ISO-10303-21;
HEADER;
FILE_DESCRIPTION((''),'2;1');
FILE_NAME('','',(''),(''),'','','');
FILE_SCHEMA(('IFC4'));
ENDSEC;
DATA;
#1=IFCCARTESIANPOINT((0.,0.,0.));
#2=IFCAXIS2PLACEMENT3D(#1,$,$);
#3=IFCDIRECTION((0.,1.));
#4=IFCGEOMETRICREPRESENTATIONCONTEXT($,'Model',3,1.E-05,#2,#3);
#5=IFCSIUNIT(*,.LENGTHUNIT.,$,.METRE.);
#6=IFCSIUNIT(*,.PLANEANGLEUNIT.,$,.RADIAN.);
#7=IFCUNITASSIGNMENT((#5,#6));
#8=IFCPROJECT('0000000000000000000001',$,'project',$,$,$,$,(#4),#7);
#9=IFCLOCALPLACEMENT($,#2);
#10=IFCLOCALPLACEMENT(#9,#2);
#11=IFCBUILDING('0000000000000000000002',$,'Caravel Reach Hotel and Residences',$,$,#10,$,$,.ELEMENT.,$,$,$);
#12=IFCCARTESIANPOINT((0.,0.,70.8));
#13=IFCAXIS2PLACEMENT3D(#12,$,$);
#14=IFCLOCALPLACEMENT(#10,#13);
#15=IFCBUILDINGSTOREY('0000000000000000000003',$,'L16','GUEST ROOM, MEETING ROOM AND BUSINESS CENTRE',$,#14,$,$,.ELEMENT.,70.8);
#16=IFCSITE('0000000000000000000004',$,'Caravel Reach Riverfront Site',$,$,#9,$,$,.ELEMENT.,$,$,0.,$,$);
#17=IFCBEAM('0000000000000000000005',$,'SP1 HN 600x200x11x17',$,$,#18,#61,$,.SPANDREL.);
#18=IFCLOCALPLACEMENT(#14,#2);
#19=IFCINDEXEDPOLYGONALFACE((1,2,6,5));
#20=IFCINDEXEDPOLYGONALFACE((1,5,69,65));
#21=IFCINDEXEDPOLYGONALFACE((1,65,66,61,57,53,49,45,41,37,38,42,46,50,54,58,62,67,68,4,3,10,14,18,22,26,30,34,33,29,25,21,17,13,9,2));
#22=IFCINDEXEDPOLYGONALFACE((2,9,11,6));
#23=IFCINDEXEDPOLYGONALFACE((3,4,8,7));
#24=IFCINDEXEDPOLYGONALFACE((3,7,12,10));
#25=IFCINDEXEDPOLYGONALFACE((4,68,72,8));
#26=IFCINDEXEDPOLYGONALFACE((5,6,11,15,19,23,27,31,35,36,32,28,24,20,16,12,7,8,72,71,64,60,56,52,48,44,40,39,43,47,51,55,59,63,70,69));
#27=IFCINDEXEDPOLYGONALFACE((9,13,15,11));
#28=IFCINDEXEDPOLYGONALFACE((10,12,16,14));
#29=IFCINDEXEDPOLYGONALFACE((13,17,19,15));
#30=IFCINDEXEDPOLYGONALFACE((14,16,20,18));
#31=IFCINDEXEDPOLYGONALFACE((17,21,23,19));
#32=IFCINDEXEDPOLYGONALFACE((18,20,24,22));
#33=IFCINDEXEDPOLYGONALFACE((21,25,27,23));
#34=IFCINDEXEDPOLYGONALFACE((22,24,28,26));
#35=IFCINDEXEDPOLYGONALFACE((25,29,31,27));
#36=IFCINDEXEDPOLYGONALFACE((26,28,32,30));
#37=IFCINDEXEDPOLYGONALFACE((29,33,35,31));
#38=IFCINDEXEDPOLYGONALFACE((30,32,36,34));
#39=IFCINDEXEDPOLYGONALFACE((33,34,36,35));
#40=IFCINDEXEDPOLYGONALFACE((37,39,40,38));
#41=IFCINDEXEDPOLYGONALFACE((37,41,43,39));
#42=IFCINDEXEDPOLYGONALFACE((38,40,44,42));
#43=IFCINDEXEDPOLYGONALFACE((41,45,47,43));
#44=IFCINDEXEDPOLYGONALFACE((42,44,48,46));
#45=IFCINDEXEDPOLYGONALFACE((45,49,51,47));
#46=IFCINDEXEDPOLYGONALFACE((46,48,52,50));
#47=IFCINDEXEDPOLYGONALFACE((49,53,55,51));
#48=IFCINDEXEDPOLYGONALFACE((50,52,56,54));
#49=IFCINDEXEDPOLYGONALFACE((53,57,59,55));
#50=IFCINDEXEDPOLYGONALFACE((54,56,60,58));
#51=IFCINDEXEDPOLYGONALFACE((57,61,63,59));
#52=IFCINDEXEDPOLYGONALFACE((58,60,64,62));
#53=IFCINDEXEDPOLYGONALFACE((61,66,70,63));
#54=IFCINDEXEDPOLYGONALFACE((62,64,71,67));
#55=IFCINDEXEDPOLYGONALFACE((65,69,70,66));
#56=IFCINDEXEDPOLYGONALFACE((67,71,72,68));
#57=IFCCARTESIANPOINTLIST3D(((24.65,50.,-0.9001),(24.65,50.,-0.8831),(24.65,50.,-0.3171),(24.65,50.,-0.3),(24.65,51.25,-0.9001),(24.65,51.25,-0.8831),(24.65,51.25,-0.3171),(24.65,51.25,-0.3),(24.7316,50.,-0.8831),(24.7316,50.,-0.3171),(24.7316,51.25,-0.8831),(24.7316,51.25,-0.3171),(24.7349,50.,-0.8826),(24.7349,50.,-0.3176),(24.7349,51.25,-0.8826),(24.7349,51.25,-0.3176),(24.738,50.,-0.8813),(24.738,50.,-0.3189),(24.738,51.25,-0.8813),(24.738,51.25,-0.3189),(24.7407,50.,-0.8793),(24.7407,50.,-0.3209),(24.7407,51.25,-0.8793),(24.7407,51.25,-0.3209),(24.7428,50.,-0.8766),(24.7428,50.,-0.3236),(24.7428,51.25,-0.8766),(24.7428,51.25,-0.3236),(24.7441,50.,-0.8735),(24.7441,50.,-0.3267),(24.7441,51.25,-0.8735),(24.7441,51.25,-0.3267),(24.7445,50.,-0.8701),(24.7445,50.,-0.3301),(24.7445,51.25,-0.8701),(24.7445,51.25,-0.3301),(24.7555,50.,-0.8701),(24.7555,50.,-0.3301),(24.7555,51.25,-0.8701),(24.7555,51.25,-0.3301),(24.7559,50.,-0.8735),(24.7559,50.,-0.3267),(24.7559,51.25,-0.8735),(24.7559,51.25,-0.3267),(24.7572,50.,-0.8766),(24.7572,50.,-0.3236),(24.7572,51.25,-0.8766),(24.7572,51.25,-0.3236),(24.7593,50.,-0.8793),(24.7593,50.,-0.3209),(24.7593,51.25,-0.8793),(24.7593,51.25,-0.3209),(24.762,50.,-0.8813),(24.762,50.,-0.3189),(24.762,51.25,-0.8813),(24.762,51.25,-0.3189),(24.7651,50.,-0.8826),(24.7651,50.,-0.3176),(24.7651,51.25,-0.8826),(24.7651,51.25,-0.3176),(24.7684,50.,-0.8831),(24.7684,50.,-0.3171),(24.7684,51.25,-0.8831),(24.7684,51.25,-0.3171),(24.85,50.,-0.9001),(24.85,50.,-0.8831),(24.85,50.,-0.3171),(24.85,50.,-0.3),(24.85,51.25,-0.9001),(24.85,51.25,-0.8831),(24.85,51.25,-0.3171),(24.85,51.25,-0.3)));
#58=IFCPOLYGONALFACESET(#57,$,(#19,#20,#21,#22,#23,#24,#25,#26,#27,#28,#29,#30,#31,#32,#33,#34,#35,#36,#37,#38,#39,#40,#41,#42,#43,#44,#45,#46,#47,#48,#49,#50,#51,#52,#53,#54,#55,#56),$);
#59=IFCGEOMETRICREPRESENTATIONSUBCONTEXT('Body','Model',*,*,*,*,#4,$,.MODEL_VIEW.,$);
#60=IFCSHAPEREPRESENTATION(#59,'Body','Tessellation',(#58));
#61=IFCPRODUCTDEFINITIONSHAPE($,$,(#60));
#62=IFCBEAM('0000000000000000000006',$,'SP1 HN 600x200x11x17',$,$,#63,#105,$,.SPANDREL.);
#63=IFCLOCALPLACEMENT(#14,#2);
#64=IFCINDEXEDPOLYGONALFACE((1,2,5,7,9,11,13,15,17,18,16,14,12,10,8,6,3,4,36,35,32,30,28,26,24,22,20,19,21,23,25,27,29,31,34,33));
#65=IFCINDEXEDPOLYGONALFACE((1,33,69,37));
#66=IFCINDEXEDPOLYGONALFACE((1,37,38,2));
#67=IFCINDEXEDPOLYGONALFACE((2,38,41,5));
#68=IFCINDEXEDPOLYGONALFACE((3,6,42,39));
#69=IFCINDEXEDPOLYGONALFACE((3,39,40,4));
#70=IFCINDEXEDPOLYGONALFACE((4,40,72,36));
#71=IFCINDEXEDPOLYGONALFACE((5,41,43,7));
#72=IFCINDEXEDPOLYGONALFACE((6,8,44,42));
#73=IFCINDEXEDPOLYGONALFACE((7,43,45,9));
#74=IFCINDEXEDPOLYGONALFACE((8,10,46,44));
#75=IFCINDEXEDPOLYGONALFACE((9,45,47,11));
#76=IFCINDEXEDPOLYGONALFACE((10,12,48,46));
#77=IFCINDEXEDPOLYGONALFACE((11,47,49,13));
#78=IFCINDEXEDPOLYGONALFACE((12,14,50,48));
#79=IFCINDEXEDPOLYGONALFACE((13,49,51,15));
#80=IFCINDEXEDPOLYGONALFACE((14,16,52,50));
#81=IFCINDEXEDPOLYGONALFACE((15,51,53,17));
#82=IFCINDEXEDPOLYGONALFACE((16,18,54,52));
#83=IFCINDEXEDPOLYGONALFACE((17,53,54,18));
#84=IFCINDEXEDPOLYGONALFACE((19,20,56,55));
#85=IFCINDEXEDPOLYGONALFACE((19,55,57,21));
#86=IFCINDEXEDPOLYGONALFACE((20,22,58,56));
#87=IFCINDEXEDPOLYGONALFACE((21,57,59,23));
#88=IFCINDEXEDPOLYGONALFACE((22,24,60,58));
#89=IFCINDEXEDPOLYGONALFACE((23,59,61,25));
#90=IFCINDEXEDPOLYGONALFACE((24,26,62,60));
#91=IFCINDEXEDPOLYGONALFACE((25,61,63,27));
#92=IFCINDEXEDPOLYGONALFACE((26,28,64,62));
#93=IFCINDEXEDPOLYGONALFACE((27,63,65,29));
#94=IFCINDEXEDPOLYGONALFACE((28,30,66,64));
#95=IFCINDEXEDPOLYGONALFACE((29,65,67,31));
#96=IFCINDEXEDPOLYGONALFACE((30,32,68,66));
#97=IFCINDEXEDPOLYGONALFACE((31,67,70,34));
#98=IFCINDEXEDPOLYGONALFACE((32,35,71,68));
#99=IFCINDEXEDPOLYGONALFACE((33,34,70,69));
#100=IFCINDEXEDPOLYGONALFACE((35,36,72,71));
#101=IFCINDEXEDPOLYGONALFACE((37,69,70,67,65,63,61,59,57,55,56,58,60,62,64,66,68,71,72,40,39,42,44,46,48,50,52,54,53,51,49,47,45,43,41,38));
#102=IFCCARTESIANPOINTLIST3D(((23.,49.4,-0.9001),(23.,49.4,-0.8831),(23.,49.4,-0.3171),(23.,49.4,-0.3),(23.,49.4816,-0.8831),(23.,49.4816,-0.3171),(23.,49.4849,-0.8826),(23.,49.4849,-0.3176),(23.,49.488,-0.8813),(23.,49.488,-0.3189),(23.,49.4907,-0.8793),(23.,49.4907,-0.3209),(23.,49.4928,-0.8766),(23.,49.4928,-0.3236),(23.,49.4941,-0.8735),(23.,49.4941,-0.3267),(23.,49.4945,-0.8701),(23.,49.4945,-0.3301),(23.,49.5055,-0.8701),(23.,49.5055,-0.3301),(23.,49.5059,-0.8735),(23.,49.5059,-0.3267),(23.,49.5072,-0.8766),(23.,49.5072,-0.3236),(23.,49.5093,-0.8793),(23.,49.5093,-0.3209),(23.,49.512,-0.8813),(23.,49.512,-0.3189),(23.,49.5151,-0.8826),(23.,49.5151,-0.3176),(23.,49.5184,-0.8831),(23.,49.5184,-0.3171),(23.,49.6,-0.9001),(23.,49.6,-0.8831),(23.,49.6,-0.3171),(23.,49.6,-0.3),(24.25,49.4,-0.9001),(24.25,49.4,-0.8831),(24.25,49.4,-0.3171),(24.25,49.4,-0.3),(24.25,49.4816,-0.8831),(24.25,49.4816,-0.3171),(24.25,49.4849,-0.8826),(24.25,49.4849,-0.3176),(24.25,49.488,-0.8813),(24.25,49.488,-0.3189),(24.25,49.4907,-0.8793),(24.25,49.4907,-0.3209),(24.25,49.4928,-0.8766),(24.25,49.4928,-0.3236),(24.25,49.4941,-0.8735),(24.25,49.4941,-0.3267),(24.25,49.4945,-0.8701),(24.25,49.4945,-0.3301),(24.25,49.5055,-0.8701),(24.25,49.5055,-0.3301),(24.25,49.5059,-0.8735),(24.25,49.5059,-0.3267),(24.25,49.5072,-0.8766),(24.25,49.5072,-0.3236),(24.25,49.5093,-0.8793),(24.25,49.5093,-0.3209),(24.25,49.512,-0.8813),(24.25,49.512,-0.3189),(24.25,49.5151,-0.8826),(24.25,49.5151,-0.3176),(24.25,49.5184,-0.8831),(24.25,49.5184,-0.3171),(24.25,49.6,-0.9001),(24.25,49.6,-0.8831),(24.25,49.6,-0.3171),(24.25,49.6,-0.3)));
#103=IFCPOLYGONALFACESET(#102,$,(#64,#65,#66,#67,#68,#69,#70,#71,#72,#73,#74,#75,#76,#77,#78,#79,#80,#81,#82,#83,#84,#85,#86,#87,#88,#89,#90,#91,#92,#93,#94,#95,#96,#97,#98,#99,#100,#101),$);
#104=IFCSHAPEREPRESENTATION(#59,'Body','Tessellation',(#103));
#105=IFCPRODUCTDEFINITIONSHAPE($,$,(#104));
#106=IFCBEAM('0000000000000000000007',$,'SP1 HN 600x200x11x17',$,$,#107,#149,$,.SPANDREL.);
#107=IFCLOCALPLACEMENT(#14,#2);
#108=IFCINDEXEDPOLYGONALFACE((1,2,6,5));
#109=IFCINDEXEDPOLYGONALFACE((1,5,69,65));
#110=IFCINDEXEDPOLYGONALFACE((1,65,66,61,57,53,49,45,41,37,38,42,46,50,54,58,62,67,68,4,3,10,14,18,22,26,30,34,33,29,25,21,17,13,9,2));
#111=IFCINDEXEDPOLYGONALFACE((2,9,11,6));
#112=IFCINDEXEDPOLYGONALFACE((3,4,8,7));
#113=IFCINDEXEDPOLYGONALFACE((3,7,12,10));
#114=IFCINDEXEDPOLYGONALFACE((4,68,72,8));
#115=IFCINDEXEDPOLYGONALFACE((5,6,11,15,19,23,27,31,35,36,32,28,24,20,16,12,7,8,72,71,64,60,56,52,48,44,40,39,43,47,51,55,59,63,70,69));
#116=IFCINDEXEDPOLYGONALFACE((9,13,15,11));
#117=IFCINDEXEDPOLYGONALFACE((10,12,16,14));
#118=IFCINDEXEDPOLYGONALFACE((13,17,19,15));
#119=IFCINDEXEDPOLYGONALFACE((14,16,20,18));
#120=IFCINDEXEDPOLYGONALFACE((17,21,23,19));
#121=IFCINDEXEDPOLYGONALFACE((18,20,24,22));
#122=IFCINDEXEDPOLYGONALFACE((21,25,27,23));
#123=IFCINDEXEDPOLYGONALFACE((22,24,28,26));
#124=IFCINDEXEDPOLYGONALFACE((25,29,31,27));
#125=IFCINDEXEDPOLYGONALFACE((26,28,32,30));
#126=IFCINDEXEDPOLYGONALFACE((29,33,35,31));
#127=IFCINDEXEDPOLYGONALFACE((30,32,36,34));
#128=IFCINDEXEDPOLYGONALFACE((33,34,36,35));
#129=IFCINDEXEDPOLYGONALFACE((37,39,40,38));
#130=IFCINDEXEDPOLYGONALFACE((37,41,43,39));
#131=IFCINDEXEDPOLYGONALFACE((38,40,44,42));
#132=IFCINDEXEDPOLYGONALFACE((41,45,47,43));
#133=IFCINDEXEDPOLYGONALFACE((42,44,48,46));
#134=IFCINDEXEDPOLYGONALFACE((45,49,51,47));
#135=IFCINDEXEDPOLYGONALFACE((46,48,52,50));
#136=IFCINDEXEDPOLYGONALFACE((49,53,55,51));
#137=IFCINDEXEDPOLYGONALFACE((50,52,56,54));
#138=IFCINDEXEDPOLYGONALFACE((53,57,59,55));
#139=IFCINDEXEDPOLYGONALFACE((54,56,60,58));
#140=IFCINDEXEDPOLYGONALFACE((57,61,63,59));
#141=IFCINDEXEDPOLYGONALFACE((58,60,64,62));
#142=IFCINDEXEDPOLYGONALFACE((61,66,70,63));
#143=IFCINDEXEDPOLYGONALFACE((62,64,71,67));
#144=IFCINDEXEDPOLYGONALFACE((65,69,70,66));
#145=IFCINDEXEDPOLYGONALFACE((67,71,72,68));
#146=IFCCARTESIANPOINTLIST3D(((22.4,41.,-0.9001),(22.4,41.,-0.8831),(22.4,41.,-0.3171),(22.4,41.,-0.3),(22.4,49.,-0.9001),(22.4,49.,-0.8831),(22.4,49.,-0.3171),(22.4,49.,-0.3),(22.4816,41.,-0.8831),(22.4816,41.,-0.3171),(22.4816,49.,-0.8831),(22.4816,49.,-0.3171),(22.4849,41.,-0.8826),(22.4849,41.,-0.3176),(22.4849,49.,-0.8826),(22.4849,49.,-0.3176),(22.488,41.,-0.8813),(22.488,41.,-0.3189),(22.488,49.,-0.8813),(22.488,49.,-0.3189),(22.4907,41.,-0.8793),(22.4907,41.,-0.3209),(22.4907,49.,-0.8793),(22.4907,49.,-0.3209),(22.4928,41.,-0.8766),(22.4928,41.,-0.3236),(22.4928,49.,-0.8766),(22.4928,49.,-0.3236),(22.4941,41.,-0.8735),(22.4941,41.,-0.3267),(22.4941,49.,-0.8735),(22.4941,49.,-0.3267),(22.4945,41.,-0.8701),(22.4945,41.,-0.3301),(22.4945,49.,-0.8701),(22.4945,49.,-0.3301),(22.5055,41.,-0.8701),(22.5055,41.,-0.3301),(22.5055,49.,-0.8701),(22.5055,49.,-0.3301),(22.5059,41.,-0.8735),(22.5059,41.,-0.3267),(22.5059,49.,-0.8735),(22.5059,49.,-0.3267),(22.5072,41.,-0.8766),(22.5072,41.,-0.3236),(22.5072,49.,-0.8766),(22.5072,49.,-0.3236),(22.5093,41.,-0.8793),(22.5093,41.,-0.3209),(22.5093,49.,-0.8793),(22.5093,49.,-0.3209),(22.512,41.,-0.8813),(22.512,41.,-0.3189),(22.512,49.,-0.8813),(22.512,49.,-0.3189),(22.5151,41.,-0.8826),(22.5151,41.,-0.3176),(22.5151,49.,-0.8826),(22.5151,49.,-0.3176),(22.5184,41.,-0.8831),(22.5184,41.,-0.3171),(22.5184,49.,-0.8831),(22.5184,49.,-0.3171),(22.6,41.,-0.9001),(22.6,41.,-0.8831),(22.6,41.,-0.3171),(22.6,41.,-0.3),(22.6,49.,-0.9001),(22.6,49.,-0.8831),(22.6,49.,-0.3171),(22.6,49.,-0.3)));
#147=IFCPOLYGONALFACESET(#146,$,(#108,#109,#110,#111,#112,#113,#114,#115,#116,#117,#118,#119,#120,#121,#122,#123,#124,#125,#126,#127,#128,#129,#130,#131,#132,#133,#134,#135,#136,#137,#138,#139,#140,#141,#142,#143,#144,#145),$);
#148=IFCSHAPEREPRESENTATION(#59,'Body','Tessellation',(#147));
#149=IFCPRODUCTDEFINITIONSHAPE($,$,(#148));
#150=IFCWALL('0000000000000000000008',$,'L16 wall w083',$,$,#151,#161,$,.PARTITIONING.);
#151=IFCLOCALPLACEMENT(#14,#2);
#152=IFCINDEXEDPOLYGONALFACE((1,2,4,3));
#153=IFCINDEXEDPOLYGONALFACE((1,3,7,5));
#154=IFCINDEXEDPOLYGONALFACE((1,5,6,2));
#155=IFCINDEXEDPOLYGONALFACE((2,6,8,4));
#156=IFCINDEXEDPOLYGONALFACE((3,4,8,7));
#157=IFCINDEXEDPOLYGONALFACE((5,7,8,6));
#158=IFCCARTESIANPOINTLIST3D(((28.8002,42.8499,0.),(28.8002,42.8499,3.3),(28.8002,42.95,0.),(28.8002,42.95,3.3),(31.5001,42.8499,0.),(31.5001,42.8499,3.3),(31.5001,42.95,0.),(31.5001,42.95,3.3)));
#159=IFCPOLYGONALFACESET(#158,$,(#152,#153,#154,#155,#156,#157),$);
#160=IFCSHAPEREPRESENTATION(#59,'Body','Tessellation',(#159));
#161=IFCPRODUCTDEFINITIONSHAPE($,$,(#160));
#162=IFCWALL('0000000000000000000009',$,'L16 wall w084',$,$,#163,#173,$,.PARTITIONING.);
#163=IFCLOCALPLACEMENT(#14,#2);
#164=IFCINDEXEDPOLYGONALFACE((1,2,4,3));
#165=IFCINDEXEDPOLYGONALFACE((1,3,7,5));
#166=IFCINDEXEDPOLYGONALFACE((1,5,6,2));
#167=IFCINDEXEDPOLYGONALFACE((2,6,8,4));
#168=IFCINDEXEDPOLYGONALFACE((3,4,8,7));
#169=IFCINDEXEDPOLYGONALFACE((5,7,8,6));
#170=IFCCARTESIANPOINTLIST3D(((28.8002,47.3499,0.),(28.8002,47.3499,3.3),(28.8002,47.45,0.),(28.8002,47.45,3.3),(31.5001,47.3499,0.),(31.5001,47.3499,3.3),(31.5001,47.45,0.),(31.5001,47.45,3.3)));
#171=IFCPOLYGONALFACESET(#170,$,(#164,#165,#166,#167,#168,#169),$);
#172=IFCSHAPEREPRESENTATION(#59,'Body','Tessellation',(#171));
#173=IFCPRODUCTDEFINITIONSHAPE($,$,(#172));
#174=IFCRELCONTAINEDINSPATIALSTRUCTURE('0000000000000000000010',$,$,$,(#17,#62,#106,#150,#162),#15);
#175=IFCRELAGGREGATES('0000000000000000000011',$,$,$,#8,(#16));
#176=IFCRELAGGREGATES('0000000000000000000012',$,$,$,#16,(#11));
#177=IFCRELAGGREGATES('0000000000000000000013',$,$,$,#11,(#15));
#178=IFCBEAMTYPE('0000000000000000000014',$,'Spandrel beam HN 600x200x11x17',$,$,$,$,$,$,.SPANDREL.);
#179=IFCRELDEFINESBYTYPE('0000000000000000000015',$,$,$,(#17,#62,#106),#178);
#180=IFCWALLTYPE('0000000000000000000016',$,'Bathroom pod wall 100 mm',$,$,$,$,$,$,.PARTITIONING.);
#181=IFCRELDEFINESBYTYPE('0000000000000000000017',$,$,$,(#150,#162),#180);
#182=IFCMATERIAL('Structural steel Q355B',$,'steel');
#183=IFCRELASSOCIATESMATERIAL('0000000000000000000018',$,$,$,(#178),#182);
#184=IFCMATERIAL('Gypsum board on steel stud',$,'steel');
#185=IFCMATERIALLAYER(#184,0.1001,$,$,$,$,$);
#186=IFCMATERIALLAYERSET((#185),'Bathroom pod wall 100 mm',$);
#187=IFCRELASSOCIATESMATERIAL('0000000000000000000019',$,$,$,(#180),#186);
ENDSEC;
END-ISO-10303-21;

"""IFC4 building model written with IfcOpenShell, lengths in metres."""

from ifc_helpers import new_model, si_unit, direction, frame, frame_2d, origin, origin_2d, place, context, subcontext, project, spatial, rectangle, i_section, extrude, material, layer, layer_set, material_profile, profile_set, type_object, element, save


model = new_model("IFC4")

# Units and contexts
model_context = context("Model", 3, precision=1e-05, world=origin(), true_north=direction((0.0, 1.0)))
body_context = subcontext(model_context, "Body", "Model", "MODEL_VIEW")
ifc_project = project(units=[si_unit("LENGTHUNIT", "METRE"), si_unit("PLANEANGLEUNIT", "RADIAN")], contexts=[model_context])

# Site, building, storey
site_placement = place(None, origin())
site = spatial("IfcSite", under=ifc_project, at=site_placement, Name="Caravel Reach Riverfront Site", CompositionType="ELEMENT", RefElevation=0.0)
building_placement = place(site_placement, origin())
building = spatial("IfcBuilding", under=site, at=building_placement, Name="Caravel Reach Hotel and Residences", CompositionType="ELEMENT")
storey_placement = place(building_placement, frame((0.0, 0.0, 70.8)))
storey = spatial("IfcBuildingStorey", under=building, at=storey_placement, Name="L16", Description="GUEST ROOM, MEETING ROOM AND BUSINESS CENTRE", CompositionType="ELEMENT", Elevation=70.8)

# Beams
ifc_material_1 = material(Name="Structural steel Q355B", Category="steel")
ifc_material_profile_1 = material_profile(ifc_material_1, i_section(OverallWidth=0.2, OverallDepth=0.6001, WebThickness=0.011, FlangeThickness=0.0171, FilletRadius=0.0129, at=origin_2d()), Name="HN 600x200x11x17")
ifc_profile_set_1 = profile_set([ifc_material_profile_1], Name="Structural steel Q355B")
beam_type = type_object("IfcBeamType", Name="Spandrel beam HN 600x200x11x17", PredefinedType="SPANDREL", material=ifc_profile_set_1)
for number, where, z_axis, x_axis, name in (
    (1, (24.75, 51.25, -0.6001), (0.0, -1.0, 0.0), (1.0, 0.0, 0.0), "SP1 HN 600x200x11x17"),
    (2, (24.25, 49.5, -0.6001), (-1.0, 0.0, 0.0), (0.0, -1.0, 0.0), "SP1 HN 600x200x11x17"),
):
    element("IfcBeam", number, at=place(storey_placement, frame(where, z_axis=z_axis, x_axis=x_axis)), inside=storey, type_object=beam_type, Name=name, PredefinedType="SPANDREL", context=body_context, shape_type="SweptSolid", body=[
        extrude(i_section(OverallWidth=0.2, OverallDepth=0.6001, WebThickness=0.011, FlangeThickness=0.0171, FilletRadius=0.0129, at=origin_2d()), origin(), (0.0, 0.0, 1.0), 1.25),
    ])
beam_placement = place(storey_placement, frame((22.5, 49.0, -0.6001), z_axis=(0.0, -1.0, 0.0), x_axis=(1.0, 0.0, 0.0)))
element("IfcBeam", 3, at=beam_placement, inside=storey, type_object=beam_type, Name="SP1 HN 600x200x11x17", PredefinedType="SPANDREL", context=body_context, shape_type="SweptSolid", body=[
    extrude(i_section(OverallWidth=0.2, OverallDepth=0.6001, WebThickness=0.011, FlangeThickness=0.0171, FilletRadius=0.0129, at=origin_2d()), origin(), (0.0, 0.0, 1.0), 8.0),
])

# Walls
ifc_material_2 = material(Name="Gypsum board on steel stud", Category="steel")
ifc_layer_1 = layer(ifc_material_2, 0.1001)
ifc_layer_set_1 = layer_set([ifc_layer_1], Name="Bathroom pod wall 100 mm")
wall_type_1 = type_object("IfcWallType", Name="Bathroom pod wall 100 mm", PredefinedType="PARTITIONING", material=ifc_layer_set_1)
for number, where, z_axis, x_axis, name in (
    (4, (28.8, 42.8999, 0.0), (0.0, 0.0, 1.0), (1.0, 0.0, 0.0), "L16 wall w083"),
    (5, (28.8, 47.3999, 0.0), (0.0, 0.0, 1.0), (1.0, 0.0, 0.0), "L16 wall w084"),
):
    element("IfcWall", number, at=place(storey_placement, frame(where, z_axis=z_axis, x_axis=x_axis)), inside=storey, type_object=wall_type_1, Name=name, PredefinedType="PARTITIONING", context=body_context, shape_type="SweptSolid", body=[
        extrude(rectangle(XDim=2.7, YDim=0.1001, at=frame_2d((1.3501, 0.0))), origin(), (0.0, 0.0, 1.0), 3.3),
    ])

save(model, "model.ifc")
